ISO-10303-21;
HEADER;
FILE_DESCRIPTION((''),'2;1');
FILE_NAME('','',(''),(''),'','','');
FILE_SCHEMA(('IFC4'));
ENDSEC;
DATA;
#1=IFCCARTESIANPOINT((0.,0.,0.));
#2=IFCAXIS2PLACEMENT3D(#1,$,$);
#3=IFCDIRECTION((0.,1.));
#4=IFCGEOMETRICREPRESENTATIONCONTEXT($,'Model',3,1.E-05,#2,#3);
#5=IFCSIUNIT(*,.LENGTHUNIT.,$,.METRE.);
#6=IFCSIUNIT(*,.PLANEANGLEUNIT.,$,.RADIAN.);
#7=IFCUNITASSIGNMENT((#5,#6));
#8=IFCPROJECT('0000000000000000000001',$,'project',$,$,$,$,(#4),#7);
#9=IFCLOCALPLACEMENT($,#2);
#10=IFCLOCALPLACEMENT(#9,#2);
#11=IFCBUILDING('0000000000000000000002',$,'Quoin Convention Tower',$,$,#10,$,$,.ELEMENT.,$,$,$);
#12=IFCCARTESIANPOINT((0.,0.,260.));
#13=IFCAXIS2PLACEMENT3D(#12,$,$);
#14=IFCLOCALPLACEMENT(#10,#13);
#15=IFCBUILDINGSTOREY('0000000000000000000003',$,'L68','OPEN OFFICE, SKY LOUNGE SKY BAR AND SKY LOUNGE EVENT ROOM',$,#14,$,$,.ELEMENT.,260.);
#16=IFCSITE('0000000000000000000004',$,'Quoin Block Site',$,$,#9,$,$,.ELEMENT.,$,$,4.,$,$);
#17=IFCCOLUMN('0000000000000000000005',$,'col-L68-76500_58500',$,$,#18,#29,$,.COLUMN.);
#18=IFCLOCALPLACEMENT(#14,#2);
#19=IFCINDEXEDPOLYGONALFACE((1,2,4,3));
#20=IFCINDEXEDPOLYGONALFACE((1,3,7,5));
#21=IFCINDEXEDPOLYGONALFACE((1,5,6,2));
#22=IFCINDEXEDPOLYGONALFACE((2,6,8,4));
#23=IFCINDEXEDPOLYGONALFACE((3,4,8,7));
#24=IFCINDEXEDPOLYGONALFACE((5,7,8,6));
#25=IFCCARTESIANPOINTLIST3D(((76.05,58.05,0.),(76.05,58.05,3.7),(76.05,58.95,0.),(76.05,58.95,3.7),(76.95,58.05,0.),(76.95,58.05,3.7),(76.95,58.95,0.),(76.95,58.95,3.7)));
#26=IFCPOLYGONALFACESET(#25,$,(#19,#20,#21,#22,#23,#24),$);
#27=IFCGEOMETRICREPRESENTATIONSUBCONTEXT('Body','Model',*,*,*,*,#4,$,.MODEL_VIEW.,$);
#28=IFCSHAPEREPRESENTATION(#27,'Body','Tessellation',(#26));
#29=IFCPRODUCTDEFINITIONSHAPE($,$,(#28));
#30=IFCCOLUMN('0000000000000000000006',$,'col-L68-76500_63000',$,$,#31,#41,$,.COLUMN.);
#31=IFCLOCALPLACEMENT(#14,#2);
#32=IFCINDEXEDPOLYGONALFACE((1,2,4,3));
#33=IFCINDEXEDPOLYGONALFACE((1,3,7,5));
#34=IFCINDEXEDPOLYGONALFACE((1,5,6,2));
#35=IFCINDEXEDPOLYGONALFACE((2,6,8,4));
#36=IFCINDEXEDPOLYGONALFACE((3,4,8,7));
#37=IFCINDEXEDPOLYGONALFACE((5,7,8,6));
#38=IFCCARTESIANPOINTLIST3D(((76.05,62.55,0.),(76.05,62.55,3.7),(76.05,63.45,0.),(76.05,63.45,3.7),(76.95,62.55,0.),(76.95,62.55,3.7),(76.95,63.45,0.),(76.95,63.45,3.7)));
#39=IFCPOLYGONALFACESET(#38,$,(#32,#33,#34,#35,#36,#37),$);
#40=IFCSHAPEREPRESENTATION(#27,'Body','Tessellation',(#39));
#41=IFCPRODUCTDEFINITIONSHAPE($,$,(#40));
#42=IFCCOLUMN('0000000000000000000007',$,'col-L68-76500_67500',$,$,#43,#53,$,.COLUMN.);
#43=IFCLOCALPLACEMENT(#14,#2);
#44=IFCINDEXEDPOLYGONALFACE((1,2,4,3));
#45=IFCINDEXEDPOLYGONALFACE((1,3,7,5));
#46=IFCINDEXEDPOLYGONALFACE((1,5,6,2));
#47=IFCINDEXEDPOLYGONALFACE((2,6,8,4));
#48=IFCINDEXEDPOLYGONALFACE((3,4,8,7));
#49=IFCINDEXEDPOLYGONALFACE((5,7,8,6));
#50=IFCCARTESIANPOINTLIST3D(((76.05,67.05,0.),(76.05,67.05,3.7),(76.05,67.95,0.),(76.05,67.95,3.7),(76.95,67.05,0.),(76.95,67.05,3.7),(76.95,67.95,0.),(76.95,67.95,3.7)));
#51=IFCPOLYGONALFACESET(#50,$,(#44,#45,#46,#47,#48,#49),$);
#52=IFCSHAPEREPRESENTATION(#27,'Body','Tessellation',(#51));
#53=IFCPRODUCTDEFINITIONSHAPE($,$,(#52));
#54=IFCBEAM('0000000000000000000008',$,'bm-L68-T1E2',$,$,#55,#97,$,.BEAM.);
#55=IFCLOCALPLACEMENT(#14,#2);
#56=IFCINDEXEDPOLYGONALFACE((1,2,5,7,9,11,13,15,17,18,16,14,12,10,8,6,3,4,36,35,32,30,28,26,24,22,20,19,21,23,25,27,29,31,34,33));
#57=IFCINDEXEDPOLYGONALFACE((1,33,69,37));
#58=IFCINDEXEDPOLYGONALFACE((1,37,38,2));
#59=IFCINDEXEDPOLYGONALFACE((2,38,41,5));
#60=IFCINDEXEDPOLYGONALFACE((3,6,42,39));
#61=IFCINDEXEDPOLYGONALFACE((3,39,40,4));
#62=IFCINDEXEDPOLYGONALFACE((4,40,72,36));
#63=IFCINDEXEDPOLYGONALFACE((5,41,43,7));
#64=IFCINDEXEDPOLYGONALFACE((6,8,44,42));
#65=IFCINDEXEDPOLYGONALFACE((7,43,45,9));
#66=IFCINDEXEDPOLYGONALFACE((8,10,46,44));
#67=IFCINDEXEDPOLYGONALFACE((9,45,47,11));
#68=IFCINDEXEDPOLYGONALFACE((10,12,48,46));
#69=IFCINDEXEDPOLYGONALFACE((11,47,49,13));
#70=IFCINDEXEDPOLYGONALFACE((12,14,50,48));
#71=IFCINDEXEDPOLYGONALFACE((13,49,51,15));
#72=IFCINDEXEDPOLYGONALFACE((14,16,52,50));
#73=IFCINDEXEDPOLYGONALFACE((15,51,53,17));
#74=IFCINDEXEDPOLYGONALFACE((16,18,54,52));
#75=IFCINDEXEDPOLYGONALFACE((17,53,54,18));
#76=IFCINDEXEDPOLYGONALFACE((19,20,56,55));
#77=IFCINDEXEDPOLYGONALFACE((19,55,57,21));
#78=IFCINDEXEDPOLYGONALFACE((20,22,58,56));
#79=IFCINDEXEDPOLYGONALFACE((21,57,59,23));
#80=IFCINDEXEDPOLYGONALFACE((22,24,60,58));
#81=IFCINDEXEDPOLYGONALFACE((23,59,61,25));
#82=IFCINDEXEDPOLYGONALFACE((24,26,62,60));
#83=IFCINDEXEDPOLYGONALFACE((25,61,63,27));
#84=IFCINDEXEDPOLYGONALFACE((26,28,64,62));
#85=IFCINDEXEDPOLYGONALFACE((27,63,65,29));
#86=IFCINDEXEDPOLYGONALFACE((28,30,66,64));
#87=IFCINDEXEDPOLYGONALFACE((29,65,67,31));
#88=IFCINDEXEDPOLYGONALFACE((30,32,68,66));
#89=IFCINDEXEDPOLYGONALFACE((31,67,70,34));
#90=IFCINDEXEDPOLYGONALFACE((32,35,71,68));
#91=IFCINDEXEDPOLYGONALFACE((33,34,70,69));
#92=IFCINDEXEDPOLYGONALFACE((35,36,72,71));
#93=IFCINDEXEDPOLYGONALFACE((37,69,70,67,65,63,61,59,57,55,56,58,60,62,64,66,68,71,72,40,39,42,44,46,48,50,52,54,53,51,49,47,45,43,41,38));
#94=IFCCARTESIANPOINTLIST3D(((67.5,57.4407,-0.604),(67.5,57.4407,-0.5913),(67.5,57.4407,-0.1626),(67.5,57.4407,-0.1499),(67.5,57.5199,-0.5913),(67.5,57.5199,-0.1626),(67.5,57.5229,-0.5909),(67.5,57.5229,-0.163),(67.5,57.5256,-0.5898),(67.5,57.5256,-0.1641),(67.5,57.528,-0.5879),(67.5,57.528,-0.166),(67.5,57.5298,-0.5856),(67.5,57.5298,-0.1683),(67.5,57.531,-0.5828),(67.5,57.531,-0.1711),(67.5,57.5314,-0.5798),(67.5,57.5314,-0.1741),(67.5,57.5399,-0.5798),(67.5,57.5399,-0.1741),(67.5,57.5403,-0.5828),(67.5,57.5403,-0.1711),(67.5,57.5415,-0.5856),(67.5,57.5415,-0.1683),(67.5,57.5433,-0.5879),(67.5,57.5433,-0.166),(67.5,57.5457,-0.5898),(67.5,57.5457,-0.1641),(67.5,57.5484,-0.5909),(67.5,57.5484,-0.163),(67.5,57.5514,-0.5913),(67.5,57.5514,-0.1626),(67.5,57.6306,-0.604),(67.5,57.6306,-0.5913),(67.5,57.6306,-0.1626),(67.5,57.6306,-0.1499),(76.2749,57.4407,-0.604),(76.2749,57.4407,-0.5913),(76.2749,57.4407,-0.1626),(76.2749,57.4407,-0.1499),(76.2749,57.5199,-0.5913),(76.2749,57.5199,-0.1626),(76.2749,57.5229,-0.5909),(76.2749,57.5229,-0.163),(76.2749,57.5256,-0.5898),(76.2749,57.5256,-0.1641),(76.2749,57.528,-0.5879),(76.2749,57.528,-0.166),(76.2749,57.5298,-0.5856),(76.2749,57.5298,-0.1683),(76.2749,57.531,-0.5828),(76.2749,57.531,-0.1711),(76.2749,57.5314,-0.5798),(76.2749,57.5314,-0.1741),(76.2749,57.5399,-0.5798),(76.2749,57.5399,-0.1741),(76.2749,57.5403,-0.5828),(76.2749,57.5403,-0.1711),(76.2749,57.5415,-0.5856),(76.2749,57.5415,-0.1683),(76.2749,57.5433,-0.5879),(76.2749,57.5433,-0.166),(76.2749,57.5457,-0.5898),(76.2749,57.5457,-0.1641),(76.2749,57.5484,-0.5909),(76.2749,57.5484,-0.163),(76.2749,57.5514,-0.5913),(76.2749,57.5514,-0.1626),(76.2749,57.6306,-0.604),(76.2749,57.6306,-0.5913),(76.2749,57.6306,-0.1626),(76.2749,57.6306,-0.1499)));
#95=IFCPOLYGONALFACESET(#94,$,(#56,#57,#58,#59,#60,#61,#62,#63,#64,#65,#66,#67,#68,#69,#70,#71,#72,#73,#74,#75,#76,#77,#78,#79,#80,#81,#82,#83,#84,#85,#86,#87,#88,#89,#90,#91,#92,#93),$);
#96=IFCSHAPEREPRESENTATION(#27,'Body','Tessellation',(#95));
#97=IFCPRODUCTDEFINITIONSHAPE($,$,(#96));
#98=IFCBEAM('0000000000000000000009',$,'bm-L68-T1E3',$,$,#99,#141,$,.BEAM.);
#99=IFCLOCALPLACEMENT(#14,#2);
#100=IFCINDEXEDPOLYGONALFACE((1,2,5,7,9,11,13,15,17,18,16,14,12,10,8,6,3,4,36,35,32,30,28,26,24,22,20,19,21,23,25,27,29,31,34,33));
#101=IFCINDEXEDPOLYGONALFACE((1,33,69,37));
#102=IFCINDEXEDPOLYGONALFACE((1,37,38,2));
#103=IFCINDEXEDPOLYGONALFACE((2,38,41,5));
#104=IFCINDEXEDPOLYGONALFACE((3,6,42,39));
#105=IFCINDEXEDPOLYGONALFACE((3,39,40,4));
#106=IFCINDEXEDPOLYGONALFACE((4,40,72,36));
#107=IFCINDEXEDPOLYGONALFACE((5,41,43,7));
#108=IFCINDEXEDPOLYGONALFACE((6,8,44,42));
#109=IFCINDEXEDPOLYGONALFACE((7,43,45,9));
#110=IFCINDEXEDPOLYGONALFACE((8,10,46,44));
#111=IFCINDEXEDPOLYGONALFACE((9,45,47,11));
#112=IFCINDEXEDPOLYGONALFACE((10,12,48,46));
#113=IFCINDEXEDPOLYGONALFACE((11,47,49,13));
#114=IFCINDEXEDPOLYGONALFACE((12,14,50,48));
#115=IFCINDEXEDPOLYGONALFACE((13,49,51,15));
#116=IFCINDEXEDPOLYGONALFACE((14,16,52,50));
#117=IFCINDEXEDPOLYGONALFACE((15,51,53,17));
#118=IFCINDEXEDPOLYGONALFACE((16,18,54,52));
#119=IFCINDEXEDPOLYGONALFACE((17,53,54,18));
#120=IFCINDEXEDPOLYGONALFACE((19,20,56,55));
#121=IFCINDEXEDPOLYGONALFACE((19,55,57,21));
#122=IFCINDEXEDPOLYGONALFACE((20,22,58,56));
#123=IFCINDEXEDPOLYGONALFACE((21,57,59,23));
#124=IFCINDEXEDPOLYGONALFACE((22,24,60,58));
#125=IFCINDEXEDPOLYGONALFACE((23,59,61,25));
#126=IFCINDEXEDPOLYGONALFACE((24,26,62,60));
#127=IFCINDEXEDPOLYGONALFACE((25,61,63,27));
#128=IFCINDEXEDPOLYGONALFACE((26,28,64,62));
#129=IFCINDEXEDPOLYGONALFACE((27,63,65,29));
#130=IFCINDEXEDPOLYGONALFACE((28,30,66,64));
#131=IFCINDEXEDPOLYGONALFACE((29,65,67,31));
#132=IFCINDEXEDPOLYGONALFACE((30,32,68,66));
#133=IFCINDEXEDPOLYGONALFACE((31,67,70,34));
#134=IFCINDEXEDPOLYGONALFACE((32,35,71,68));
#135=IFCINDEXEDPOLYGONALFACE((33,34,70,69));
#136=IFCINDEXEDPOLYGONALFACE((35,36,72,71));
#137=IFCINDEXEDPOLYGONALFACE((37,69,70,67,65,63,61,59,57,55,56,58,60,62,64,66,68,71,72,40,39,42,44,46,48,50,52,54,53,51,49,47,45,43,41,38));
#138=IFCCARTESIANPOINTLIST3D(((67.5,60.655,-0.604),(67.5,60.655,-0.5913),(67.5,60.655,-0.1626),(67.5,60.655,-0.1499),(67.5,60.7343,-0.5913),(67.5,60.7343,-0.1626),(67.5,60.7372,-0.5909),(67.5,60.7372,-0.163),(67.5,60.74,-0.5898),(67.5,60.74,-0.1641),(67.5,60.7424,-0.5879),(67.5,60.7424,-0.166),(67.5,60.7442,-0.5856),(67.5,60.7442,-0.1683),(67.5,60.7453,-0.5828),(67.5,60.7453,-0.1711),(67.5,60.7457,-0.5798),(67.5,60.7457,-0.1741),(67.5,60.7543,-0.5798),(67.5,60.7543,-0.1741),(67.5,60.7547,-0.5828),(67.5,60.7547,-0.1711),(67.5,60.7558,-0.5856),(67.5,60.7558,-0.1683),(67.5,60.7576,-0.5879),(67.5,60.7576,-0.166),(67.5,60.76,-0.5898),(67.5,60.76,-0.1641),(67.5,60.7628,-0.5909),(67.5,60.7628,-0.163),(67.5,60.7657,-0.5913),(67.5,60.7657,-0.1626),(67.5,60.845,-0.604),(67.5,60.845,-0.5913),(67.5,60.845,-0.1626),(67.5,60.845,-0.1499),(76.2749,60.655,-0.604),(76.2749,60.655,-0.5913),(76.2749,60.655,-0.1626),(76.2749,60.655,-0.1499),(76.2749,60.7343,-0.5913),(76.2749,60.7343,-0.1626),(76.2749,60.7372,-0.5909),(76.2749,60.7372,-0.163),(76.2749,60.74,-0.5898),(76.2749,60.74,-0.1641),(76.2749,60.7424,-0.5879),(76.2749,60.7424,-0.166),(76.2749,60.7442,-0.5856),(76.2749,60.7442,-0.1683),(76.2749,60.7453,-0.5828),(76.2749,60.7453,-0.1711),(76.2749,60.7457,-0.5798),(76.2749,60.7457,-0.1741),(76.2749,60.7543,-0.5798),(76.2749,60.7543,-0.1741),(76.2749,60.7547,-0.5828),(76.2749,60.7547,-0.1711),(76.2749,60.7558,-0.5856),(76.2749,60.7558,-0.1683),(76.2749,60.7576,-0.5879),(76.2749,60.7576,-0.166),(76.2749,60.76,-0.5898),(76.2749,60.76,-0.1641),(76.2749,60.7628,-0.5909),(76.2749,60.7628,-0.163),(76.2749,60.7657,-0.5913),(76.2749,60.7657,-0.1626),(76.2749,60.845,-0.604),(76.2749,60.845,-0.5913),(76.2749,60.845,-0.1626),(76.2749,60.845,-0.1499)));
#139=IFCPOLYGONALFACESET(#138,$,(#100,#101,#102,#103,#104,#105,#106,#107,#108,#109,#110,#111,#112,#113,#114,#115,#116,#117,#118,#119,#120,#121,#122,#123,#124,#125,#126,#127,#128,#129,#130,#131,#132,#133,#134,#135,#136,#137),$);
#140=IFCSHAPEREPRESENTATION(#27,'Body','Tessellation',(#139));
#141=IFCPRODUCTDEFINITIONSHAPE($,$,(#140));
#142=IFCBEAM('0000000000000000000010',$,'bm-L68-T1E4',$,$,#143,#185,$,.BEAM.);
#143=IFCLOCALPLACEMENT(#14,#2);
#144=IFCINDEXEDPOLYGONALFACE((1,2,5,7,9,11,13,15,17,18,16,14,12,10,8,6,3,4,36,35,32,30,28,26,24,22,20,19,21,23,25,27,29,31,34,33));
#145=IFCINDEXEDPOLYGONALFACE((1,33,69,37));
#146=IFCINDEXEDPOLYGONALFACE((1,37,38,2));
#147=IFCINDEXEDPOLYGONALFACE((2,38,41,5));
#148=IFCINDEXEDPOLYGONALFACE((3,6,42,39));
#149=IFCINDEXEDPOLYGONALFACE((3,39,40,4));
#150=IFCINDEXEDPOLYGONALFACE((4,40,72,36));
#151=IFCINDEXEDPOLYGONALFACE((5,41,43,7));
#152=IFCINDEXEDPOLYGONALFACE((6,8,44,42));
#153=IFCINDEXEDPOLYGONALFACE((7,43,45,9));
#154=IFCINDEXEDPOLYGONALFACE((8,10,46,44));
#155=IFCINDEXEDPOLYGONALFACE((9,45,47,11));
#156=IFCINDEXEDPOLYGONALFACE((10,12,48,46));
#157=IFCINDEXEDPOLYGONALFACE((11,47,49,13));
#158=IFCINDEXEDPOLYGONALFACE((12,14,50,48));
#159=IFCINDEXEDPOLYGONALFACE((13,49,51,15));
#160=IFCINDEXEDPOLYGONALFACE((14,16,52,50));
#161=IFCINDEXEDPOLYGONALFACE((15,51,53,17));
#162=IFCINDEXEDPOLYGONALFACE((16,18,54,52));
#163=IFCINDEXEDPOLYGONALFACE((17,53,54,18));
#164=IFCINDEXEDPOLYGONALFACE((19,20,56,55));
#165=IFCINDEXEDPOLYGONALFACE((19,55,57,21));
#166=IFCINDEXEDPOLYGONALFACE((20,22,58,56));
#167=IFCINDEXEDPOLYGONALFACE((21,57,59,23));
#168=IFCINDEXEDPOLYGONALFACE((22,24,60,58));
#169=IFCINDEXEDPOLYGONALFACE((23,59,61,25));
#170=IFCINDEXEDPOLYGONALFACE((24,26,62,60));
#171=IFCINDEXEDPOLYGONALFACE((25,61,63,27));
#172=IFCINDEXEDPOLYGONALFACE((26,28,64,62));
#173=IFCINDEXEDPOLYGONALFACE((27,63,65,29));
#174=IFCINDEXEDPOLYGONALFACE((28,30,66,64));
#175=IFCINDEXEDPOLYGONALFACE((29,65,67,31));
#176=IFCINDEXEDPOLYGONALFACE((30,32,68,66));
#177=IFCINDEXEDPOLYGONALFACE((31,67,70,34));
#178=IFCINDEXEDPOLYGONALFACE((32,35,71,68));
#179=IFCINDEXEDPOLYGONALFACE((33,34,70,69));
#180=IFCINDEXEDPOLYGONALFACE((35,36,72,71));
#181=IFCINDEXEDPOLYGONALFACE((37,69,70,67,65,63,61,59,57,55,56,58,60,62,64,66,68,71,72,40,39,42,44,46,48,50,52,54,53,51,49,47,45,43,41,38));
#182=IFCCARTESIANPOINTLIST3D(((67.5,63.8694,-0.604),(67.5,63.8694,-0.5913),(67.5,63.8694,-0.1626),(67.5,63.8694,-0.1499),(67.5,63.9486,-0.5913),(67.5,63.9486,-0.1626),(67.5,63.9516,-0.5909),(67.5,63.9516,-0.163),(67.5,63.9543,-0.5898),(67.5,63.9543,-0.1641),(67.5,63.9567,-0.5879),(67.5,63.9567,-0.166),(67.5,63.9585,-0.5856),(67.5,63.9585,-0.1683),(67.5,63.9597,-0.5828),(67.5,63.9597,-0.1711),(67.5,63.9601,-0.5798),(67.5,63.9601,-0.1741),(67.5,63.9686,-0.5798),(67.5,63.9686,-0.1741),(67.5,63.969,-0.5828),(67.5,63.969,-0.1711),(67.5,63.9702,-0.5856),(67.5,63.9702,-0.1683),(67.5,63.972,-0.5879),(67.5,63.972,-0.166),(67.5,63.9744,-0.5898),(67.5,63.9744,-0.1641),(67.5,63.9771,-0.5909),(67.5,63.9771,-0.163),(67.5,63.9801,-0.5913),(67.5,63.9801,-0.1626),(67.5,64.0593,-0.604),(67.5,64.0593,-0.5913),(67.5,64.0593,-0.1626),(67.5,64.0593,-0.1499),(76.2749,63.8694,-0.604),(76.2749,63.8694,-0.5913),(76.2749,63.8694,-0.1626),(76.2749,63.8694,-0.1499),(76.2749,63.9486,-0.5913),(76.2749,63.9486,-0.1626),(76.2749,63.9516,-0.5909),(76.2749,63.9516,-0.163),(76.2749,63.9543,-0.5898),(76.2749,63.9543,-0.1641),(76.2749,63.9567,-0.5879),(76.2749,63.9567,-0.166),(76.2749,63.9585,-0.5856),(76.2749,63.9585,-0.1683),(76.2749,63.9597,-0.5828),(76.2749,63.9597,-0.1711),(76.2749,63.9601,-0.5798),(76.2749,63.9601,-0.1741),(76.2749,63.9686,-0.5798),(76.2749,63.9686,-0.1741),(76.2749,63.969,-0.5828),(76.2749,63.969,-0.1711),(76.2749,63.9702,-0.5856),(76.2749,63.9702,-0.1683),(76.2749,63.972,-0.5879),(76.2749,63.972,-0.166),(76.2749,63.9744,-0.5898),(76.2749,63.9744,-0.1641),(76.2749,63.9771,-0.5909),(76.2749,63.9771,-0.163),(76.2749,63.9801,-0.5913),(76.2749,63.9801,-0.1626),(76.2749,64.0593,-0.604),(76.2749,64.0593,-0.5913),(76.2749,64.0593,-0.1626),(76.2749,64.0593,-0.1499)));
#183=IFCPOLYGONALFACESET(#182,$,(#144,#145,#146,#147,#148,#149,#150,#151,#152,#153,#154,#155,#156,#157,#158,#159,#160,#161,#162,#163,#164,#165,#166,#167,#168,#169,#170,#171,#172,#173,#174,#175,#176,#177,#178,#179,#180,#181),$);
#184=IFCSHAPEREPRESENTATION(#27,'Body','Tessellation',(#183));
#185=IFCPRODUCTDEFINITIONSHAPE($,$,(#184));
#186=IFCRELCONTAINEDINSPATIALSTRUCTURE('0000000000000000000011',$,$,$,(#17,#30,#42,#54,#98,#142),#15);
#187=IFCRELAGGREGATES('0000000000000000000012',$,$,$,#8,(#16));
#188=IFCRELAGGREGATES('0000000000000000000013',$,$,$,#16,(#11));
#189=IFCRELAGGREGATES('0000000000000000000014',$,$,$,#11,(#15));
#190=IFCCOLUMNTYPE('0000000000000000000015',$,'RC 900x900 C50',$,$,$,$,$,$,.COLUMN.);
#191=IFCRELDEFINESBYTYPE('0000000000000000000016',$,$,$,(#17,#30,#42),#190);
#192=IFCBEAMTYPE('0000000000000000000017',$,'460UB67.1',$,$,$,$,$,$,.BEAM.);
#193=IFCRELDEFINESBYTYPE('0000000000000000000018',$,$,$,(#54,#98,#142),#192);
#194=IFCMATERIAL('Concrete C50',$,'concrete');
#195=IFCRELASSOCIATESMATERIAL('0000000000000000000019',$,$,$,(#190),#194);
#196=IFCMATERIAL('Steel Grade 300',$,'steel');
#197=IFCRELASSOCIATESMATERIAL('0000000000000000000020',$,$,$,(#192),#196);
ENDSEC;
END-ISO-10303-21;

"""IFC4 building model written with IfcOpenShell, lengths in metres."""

from ifc_helpers import new_model, si_unit, direction, frame, origin, origin_2d, place, context, subcontext, project, spatial, rectangle, i_section, extrude, material, material_profile, profile_set, type_object, element, save


model = new_model("IFC4")

# Units and contexts
model_context = context("Model", 3, precision=1e-05, world=origin(), true_north=direction((0.0, 1.0)))
body_context = subcontext(model_context, "Body", "Model", "MODEL_VIEW")
ifc_project = project(units=[si_unit("LENGTHUNIT", "METRE"), si_unit("PLANEANGLEUNIT", "RADIAN")], contexts=[model_context])

# Site, building, storey
site_placement = place(None, origin())
site = spatial("IfcSite", under=ifc_project, at=site_placement, Name="Quoin Block Site", CompositionType="ELEMENT", RefElevation=4.0)
building_placement = place(site_placement, origin())
building = spatial("IfcBuilding", under=site, at=building_placement, Name="Quoin Convention Tower", CompositionType="ELEMENT")
storey_placement = place(building_placement, frame((0.0, 0.0, 260.0)))
storey = spatial("IfcBuildingStorey", under=building, at=storey_placement, Name="L68", Description="OPEN OFFICE, SKY LOUNGE SKY BAR AND SKY LOUNGE EVENT ROOM", CompositionType="ELEMENT", Elevation=260.0)

# Columns
ifc_material_1 = material(Name="Concrete C50", Category="concrete")
ifc_material_profile_1 = material_profile(ifc_material_1, rectangle(XDim=0.8999, YDim=0.8999, at=origin_2d()), Name="RC 900x900")
ifc_profile_set_1 = profile_set([ifc_material_profile_1], Name="Concrete C50")
column_type = type_object("IfcColumnType", Name="RC 900x900 C50", PredefinedType="COLUMN", material=ifc_profile_set_1)
for number, where, z_axis, x_axis, name in (
    (1, (76.5, 58.5, 0.0), (0.0, 0.0, 1.0), (1.0, 0.0, 0.0), "col-L68-76500_58500"),
    (2, (76.5, 63.0, 0.0), (0.0, 0.0, 1.0), (1.0, 0.0, 0.0), "col-L68-76500_63000"),
    (3, (76.5, 67.5, 0.0), (0.0, 0.0, 1.0), (1.0, 0.0, 0.0), "col-L68-76500_67500"),
):
    element("IfcColumn", number, at=place(storey_placement, frame(where, z_axis=z_axis, x_axis=x_axis)), inside=storey, type_object=column_type, Name=name, PredefinedType="COLUMN", context=body_context, shape_type="SweptSolid", body=[
        extrude(rectangle(XDim=0.8999, YDim=0.8999, at=origin_2d()), origin(), (0.0, 0.0, 1.0), 3.7),
    ])

# Beams
ifc_material_2 = material(Name="Steel Grade 300", Category="steel")
ifc_material_profile_2 = material_profile(ifc_material_2, i_section(OverallWidth=0.1899, OverallDepth=0.4541, WebThickness=0.0085, FlangeThickness=0.0127, FilletRadius=0.0115, at=origin_2d()), Name="460UB67.1")
ifc_profile_set_2 = profile_set([ifc_material_profile_2], Name="Steel Grade 300")
beam_type_1 = type_object("IfcBeamType", Name="460UB67.1", PredefinedType="BEAM", material=ifc_profile_set_2)
for number, where, z_axis, x_axis, name in (
    (4, (67.5, 57.5356, -0.377), (1.0, 0.0, 0.0), (0.0, 1.0, 0.0), "bm-L68-T1E2"),
    (5, (67.5, 60.75, -0.377), (1.0, 0.0, 0.0), (0.0, 1.0, 0.0), "bm-L68-T1E3"),
    (6, (67.5, 63.9644, -0.377), (1.0, 0.0, 0.0), (0.0, 1.0, 0.0), "bm-L68-T1E4"),
):
    element("IfcBeam", number, at=place(storey_placement, frame(where, z_axis=z_axis, x_axis=x_axis)), inside=storey, type_object=beam_type_1, Name=name, PredefinedType="BEAM", context=body_context, shape_type="SweptSolid", body=[
        extrude(i_section(OverallWidth=0.1899, OverallDepth=0.4541, WebThickness=0.0085, FlangeThickness=0.0127, FilletRadius=0.0115, at=origin_2d()), origin(), (0.0, 0.0, 1.0), 8.7749),
    ])

save(model, "model.ifc")
